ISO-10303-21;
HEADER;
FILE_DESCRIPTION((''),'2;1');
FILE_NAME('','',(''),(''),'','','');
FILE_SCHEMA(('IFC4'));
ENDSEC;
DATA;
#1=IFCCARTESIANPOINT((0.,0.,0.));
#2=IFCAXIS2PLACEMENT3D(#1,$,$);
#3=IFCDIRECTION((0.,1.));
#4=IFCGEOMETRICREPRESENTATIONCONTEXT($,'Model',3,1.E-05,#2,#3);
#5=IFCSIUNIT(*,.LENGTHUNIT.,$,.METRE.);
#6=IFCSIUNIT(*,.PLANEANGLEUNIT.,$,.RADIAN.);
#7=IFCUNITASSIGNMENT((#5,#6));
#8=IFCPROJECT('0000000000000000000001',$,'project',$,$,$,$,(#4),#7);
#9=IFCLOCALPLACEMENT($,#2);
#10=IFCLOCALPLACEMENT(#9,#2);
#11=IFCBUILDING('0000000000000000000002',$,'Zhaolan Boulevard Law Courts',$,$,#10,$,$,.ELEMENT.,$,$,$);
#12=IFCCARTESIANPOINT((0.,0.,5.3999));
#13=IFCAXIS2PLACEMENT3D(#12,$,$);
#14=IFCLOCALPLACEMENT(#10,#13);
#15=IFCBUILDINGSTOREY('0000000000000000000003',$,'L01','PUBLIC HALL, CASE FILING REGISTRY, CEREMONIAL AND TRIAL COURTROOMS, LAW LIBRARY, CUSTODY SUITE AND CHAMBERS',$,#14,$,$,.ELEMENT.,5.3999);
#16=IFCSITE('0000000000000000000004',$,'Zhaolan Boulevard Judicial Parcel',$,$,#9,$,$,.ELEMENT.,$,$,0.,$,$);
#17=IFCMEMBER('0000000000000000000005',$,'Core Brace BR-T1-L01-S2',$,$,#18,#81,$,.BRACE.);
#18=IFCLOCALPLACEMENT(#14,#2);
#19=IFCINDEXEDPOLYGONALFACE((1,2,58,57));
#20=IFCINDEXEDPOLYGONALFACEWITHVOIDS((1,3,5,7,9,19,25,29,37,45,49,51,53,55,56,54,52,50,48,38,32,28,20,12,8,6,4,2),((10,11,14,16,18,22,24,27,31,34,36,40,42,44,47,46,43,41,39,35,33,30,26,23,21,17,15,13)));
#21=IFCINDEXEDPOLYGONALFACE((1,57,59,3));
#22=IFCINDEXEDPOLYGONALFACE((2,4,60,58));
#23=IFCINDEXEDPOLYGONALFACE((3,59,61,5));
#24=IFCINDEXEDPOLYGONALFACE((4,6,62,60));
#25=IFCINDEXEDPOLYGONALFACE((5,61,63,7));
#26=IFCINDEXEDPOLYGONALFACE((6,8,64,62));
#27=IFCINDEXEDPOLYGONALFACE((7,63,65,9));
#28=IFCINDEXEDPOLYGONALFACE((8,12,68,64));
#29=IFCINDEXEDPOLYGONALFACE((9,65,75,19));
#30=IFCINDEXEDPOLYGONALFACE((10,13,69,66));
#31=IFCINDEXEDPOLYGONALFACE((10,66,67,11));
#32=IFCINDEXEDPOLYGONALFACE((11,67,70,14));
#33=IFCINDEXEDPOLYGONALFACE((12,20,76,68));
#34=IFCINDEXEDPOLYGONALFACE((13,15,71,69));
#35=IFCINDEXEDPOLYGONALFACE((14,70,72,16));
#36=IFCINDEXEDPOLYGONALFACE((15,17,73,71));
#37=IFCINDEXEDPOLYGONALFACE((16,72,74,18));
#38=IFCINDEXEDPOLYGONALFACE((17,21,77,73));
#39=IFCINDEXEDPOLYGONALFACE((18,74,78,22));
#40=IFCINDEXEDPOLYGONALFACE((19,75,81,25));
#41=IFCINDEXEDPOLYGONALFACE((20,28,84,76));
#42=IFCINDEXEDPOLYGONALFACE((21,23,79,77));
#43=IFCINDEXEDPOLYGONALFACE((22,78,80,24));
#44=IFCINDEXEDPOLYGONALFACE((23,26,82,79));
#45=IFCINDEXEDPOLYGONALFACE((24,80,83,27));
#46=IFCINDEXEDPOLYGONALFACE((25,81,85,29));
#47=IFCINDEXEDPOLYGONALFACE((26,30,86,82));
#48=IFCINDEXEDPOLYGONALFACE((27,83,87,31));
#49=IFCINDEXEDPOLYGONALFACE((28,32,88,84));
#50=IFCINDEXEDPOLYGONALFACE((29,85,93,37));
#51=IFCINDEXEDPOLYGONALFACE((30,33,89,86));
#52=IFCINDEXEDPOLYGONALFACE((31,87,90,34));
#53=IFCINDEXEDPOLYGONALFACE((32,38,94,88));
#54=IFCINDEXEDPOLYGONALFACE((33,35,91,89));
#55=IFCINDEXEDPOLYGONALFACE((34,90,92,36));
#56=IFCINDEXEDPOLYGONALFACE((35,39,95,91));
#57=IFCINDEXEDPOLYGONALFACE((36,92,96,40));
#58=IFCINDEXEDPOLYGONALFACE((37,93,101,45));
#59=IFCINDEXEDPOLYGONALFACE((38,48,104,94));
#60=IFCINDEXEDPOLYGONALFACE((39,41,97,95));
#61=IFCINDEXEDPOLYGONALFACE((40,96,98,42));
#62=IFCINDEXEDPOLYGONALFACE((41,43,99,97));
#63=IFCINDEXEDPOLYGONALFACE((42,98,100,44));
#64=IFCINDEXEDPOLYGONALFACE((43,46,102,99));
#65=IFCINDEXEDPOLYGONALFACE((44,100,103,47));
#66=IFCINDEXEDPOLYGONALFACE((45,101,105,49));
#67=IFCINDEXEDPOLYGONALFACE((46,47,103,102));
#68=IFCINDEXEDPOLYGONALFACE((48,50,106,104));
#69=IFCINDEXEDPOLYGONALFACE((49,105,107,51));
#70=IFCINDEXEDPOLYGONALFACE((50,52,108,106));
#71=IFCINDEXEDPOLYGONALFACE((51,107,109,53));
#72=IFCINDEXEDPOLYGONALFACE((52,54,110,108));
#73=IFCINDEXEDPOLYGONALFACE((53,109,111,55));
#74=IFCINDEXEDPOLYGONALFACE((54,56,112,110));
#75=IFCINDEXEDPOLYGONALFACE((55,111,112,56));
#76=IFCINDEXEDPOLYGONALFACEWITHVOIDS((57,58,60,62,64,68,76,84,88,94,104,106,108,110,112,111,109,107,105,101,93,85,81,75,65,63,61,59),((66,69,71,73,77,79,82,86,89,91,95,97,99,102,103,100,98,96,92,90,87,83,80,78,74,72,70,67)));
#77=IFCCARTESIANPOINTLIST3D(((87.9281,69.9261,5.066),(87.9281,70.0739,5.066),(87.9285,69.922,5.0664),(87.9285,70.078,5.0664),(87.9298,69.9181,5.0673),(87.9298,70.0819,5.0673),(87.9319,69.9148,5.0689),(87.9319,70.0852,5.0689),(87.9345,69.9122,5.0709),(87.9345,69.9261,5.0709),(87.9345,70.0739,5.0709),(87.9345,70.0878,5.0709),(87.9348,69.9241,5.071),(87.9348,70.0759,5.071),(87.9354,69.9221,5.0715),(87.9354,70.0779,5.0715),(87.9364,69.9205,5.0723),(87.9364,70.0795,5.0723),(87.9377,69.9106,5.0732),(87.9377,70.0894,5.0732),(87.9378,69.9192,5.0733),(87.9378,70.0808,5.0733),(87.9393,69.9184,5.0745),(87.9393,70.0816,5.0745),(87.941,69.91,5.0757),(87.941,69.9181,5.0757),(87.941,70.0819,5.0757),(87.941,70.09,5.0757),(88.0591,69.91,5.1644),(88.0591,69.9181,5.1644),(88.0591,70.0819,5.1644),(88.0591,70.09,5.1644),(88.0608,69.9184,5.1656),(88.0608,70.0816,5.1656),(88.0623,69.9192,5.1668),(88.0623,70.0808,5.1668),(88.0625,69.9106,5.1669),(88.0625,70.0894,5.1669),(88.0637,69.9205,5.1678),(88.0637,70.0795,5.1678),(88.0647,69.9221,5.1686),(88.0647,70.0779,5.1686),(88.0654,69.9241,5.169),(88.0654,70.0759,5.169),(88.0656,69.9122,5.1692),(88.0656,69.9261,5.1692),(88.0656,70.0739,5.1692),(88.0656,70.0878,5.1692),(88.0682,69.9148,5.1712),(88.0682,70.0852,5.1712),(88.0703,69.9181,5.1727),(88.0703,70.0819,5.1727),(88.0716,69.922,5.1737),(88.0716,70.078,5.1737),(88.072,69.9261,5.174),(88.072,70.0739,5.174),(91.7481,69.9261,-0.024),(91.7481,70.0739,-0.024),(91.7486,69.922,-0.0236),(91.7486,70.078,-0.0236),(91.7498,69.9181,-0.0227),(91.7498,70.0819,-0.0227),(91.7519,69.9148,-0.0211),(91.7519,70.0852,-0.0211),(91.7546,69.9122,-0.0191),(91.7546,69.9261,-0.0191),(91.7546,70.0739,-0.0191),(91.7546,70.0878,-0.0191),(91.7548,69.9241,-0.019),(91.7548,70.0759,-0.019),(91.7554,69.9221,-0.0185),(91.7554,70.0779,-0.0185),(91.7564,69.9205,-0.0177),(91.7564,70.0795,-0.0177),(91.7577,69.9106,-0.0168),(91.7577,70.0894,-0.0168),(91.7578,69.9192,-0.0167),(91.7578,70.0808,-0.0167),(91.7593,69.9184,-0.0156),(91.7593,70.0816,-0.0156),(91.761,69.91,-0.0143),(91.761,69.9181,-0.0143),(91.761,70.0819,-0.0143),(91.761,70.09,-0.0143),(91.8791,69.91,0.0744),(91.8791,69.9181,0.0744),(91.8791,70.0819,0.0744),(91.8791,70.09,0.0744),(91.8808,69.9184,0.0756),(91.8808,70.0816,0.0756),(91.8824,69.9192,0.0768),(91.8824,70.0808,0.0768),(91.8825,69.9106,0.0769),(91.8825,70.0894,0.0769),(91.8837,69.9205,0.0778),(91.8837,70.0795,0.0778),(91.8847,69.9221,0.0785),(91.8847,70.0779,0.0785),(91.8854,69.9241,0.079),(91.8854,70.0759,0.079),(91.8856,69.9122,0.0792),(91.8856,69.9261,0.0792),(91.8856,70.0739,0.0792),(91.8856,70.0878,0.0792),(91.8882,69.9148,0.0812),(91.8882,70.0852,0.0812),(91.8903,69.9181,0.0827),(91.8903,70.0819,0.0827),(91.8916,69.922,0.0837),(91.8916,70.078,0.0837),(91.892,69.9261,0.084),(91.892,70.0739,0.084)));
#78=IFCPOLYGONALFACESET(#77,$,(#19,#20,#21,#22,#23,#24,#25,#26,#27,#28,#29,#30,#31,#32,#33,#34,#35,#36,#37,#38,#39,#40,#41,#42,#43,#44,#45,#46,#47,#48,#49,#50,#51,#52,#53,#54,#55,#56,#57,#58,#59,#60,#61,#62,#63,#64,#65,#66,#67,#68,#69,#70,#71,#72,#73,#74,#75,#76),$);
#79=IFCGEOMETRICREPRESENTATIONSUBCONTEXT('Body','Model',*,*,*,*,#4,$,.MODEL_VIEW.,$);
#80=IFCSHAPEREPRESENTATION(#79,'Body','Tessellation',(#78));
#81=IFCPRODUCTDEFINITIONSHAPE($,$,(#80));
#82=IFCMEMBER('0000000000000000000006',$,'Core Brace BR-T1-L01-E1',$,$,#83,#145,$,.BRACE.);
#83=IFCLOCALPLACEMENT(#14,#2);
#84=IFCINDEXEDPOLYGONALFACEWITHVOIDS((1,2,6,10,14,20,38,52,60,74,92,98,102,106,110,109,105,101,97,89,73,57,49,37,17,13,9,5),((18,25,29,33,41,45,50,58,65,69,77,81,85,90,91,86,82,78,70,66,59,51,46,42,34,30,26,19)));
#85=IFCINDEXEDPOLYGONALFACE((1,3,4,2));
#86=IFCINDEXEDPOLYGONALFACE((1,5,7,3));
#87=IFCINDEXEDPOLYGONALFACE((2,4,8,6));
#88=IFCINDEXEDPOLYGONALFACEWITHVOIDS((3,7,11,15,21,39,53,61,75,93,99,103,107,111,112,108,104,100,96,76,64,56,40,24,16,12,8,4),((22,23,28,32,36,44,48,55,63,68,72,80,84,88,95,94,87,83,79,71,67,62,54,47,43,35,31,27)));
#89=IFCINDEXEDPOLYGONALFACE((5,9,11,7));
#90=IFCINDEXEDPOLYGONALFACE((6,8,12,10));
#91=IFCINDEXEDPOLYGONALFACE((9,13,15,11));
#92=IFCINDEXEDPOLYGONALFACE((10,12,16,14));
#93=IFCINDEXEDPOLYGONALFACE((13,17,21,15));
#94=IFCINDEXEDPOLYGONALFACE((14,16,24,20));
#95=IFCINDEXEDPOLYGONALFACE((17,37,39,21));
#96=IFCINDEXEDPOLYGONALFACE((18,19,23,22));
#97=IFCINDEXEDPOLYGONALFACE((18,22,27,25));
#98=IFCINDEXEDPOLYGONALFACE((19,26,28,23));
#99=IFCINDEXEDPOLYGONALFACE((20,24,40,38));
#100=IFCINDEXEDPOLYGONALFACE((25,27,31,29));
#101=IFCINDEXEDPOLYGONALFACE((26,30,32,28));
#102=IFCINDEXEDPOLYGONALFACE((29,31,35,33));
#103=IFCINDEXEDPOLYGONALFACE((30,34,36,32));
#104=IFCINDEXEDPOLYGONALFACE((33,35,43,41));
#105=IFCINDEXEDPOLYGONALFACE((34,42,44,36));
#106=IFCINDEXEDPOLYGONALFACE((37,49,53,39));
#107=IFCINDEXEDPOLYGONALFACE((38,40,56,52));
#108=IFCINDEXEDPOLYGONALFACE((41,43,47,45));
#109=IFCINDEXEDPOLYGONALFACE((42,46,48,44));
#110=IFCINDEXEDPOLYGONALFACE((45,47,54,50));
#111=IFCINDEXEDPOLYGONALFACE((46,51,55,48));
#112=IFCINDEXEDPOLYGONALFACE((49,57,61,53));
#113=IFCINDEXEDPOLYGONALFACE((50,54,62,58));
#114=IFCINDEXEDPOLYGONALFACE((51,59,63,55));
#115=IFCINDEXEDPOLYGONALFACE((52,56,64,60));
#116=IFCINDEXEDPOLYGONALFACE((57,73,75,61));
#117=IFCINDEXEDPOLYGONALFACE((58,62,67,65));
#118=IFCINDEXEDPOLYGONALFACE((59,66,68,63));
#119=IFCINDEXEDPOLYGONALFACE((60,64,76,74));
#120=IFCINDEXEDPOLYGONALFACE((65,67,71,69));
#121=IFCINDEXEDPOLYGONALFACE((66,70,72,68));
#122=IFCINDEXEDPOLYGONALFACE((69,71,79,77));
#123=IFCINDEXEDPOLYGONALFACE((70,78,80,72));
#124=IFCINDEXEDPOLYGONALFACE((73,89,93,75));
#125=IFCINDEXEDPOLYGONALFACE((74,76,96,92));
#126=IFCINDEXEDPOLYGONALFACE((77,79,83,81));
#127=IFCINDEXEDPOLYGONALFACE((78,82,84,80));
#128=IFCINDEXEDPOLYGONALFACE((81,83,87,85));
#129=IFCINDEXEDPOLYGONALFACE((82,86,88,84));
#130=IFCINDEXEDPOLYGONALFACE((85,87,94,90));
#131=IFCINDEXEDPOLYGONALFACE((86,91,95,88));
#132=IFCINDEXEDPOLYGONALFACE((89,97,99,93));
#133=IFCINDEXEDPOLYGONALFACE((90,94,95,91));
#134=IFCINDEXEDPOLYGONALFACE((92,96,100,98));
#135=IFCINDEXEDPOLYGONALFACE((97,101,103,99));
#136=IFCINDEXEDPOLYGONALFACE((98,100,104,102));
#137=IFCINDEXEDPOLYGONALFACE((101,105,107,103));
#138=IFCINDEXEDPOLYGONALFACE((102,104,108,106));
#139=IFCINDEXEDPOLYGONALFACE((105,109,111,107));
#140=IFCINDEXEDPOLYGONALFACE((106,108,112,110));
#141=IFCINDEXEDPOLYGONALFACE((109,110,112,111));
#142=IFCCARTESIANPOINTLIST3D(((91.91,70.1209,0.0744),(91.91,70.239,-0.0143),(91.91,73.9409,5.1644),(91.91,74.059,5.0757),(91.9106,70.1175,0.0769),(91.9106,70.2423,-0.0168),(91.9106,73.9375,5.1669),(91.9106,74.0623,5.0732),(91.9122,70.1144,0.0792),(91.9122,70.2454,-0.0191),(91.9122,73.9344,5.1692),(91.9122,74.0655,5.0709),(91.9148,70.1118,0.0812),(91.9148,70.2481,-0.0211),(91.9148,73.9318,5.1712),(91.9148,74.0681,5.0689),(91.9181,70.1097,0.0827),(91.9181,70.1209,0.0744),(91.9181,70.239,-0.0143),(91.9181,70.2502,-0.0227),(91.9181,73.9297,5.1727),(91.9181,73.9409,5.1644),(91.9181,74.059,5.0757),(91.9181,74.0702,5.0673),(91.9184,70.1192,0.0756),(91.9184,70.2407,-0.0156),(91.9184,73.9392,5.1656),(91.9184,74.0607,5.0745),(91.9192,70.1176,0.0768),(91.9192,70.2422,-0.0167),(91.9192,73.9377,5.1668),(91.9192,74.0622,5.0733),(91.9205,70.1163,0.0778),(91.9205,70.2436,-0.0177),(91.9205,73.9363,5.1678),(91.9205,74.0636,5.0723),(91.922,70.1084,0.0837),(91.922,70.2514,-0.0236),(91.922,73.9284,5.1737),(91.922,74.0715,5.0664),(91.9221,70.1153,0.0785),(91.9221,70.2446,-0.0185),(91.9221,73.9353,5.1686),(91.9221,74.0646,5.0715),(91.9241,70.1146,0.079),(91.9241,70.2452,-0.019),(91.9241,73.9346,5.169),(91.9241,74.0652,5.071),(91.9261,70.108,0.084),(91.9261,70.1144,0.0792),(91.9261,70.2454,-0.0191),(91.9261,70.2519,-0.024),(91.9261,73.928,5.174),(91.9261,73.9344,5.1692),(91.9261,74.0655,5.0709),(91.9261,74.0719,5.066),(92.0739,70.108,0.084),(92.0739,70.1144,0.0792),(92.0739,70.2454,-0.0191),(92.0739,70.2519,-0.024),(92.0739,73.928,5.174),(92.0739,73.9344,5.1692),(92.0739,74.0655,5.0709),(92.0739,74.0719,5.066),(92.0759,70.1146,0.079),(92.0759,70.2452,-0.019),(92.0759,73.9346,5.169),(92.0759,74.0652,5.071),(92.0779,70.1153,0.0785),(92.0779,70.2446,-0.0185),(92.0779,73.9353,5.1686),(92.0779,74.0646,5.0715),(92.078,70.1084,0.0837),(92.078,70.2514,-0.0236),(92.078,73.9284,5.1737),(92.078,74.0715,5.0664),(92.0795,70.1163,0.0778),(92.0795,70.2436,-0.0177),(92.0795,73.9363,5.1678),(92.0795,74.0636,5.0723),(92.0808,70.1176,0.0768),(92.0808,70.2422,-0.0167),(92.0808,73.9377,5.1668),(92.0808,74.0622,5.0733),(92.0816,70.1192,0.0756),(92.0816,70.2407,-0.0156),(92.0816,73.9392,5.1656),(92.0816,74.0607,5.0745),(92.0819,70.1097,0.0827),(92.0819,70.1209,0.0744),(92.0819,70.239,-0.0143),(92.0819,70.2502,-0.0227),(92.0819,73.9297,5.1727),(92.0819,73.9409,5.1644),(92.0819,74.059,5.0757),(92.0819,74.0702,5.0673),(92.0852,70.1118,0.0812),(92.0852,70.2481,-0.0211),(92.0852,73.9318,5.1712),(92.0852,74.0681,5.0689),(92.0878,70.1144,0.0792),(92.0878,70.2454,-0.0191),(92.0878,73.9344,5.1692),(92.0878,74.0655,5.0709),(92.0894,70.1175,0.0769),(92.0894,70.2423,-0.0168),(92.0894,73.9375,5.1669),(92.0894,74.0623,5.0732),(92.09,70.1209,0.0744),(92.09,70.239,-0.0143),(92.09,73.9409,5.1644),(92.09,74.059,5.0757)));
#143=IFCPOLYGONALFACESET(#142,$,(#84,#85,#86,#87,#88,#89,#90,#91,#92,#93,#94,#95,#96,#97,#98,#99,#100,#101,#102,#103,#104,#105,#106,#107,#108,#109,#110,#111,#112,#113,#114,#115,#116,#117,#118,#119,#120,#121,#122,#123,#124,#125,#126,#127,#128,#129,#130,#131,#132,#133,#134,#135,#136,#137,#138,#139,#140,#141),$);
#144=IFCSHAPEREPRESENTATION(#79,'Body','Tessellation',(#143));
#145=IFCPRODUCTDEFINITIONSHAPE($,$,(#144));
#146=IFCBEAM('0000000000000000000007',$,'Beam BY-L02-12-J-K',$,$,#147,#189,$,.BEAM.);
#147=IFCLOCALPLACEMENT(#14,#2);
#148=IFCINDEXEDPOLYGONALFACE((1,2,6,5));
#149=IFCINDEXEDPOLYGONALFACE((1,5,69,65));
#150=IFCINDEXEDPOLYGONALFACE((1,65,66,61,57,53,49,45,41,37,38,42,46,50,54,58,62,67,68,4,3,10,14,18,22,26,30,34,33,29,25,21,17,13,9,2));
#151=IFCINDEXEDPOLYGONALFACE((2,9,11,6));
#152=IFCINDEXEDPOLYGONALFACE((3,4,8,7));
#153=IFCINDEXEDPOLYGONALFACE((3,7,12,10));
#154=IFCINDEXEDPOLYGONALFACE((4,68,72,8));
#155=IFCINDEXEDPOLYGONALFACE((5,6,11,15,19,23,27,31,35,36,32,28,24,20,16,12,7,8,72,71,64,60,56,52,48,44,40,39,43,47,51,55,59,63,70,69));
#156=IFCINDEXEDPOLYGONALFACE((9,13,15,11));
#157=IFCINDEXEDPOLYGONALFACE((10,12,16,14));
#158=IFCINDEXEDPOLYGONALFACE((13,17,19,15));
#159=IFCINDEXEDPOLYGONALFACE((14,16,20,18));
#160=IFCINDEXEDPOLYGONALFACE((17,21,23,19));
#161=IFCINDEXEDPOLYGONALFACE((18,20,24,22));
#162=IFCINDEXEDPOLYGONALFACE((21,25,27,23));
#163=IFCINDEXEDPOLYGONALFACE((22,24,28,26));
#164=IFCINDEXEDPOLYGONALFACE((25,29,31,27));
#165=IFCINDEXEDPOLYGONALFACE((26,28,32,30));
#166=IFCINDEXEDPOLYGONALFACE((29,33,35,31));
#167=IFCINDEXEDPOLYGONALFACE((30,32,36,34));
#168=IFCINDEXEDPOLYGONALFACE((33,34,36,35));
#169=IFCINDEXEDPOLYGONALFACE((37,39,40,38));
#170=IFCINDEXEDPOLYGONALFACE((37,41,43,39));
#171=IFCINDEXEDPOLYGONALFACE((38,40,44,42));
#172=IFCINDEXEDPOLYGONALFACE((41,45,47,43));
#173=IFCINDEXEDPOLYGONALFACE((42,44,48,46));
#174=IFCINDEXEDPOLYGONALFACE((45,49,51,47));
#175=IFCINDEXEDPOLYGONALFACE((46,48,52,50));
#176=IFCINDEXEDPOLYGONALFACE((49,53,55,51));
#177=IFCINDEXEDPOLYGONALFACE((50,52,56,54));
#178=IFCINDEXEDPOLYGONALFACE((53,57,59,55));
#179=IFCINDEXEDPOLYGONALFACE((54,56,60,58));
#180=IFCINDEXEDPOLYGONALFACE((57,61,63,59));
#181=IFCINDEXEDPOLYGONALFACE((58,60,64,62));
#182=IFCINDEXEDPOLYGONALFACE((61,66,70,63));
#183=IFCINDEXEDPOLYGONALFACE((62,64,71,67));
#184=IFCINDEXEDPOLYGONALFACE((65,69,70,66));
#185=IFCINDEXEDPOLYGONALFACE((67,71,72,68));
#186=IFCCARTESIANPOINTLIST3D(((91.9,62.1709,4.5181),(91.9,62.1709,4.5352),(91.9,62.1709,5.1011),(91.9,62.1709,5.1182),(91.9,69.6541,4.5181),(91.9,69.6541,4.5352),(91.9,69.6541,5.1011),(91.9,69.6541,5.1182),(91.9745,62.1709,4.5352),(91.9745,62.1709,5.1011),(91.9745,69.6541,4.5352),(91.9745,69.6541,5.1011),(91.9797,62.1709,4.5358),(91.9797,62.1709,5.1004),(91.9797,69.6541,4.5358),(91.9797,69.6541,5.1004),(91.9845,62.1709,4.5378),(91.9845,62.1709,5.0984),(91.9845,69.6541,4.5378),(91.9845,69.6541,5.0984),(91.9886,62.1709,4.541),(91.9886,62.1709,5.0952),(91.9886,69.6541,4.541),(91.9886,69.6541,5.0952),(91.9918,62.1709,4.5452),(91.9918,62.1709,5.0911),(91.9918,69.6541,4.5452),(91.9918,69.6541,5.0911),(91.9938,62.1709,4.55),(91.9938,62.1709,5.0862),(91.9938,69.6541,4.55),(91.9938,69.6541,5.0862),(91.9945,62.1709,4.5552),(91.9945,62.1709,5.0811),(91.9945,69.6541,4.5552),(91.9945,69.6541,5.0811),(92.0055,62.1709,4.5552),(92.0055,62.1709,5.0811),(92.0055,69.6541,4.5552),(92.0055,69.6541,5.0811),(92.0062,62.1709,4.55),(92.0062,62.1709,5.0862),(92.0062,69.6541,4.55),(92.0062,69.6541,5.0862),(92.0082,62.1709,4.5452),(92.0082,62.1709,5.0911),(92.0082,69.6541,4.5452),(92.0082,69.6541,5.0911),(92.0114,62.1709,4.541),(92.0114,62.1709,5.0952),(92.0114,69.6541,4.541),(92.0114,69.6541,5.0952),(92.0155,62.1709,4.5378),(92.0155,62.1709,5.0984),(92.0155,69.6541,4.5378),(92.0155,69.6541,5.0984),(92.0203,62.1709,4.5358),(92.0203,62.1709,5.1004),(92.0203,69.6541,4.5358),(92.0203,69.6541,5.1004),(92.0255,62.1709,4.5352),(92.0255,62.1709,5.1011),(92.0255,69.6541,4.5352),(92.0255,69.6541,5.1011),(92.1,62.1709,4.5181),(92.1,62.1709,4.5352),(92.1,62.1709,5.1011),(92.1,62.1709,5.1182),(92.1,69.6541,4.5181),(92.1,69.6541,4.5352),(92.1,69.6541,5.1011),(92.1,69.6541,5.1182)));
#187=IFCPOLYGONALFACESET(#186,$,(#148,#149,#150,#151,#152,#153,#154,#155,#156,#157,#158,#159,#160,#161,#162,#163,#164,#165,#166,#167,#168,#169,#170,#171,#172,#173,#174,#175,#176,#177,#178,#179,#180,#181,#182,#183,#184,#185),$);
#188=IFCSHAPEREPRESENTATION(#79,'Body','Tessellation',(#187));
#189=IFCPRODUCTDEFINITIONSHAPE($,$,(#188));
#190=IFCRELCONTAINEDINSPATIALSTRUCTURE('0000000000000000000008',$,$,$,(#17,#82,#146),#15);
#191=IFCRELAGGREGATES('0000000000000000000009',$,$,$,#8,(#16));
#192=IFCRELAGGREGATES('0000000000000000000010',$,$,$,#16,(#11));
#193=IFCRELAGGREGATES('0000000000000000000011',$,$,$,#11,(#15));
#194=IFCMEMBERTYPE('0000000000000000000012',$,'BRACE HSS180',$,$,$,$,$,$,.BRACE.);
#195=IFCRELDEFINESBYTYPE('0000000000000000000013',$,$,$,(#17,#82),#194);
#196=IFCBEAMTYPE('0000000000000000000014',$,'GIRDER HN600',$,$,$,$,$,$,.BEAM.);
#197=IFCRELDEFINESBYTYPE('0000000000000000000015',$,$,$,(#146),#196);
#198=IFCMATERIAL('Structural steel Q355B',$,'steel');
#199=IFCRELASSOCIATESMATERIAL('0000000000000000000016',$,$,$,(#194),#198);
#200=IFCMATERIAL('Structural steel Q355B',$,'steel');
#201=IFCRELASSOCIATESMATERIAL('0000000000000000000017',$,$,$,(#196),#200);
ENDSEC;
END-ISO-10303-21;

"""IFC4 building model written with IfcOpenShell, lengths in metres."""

from ifc_helpers import new_model, si_unit, direction, frame, origin, origin_2d, place, context, subcontext, project, spatial, hollow_rectangle, i_section, extrude, material, material_profile, profile_set, type_object, element, save


model = new_model("IFC4")

# Units and contexts
model_context = context("Model", 3, precision=1e-05, world=origin(), true_north=direction((0.0, 1.0)))
body_context = subcontext(model_context, "Body", "Model", "MODEL_VIEW")
ifc_project = project(units=[si_unit("LENGTHUNIT", "METRE"), si_unit("PLANEANGLEUNIT", "RADIAN")], contexts=[model_context])

# Site, building, storey
site_placement = place(None, origin())
site = spatial("IfcSite", under=ifc_project, at=site_placement, Name="Zhaolan Boulevard Judicial Parcel", CompositionType="ELEMENT", RefElevation=0.0)
building_placement = place(site_placement, origin())
building = spatial("IfcBuilding", under=site, at=building_placement, Name="Zhaolan Boulevard Law Courts", CompositionType="ELEMENT")
storey_placement = place(building_placement, frame((0.0, 0.0, 5.3999)))
storey = spatial("IfcBuildingStorey", under=building, at=storey_placement, Name="L01", Description="PUBLIC HALL, CASE FILING REGISTRY, CEREMONIAL AND TRIAL COURTROOMS, LAW LIBRARY, CUSTODY SUITE AND CHAMBERS", CompositionType="ELEMENT", Elevation=5.3999)

# Members
ifc_material_1 = material(Name="Structural steel Q355B", Category="steel")
ifc_material_profile_1 = material_profile(ifc_material_1, hollow_rectangle(XDim=0.1799, YDim=0.1799, WallThickness=0.0081, InnerFilletRadius=0.0081, OuterFilletRadius=0.0161, at=origin_2d()), Name="HSS180x180x8")
ifc_profile_set_1 = profile_set([ifc_material_profile_1], Name="Structural steel Q355B")
member_type_1 = type_object("IfcMemberType", Name="BRACE HSS180", PredefinedType="BRACE", material=ifc_profile_set_1)
for number, where, z_axis, x_axis, name in (
    (1, (91.8201, 70.0, 0.03), (-0.600252, 0.0, 0.799811), (0.0, -1.0, 0.0), "Core Brace BR-T1-L01-S2"),
    (2, (92.0, 70.1799, 0.03), (0.0, 0.600252, 0.799811), (-1.0, 0.0, 0.0), "Core Brace BR-T1-L01-E1"),
):
    element("IfcMember", number, at=place(storey_placement, frame(where, z_axis=z_axis, x_axis=x_axis)), inside=storey, type_object=member_type_1, Name=name, PredefinedType="BRACE", context=body_context, shape_type="SweptSolid", body=[
        extrude(hollow_rectangle(XDim=0.1799, YDim=0.1799, WallThickness=0.0081, InnerFilletRadius=0.0081, OuterFilletRadius=0.0161, at=origin_2d()), origin(), (0.0, 0.0, 1.0), 6.364),
    ])

# Beam
ifc_material_2 = material(Name="Structural steel Q355B", Category="steel")
ifc_material_profile_2 = material_profile(ifc_material_2, i_section(OverallWidth=0.2, OverallDepth=0.6001, WebThickness=0.011, FlangeThickness=0.0171, FilletRadius=0.02, at=origin_2d()), Name="HN600x200")
ifc_profile_set_2 = profile_set([ifc_material_profile_2], Name="Structural steel Q355B")
beam_type_1 = type_object("IfcBeamType", Name="GIRDER HN600", PredefinedType="BEAM", material=ifc_profile_set_2)
beam_1_placement = place(storey_placement, frame((92.0, 62.1709, 4.8181), z_axis=(0.0, 1.0, 0.0), x_axis=(-1.0, 0.0, 0.0)))
element("IfcBeam", 3, at=beam_1_placement, inside=storey, type_object=beam_type_1, Name="Beam BY-L02-12-J-K", PredefinedType="BEAM", context=body_context, shape_type="SweptSolid", body=[
    extrude(i_section(OverallWidth=0.2, OverallDepth=0.6001, WebThickness=0.011, FlangeThickness=0.0171, FilletRadius=0.02, at=origin_2d()), origin(), (0.0, 0.0, 1.0), 7.4832),
])

save(model, "model.ifc")
